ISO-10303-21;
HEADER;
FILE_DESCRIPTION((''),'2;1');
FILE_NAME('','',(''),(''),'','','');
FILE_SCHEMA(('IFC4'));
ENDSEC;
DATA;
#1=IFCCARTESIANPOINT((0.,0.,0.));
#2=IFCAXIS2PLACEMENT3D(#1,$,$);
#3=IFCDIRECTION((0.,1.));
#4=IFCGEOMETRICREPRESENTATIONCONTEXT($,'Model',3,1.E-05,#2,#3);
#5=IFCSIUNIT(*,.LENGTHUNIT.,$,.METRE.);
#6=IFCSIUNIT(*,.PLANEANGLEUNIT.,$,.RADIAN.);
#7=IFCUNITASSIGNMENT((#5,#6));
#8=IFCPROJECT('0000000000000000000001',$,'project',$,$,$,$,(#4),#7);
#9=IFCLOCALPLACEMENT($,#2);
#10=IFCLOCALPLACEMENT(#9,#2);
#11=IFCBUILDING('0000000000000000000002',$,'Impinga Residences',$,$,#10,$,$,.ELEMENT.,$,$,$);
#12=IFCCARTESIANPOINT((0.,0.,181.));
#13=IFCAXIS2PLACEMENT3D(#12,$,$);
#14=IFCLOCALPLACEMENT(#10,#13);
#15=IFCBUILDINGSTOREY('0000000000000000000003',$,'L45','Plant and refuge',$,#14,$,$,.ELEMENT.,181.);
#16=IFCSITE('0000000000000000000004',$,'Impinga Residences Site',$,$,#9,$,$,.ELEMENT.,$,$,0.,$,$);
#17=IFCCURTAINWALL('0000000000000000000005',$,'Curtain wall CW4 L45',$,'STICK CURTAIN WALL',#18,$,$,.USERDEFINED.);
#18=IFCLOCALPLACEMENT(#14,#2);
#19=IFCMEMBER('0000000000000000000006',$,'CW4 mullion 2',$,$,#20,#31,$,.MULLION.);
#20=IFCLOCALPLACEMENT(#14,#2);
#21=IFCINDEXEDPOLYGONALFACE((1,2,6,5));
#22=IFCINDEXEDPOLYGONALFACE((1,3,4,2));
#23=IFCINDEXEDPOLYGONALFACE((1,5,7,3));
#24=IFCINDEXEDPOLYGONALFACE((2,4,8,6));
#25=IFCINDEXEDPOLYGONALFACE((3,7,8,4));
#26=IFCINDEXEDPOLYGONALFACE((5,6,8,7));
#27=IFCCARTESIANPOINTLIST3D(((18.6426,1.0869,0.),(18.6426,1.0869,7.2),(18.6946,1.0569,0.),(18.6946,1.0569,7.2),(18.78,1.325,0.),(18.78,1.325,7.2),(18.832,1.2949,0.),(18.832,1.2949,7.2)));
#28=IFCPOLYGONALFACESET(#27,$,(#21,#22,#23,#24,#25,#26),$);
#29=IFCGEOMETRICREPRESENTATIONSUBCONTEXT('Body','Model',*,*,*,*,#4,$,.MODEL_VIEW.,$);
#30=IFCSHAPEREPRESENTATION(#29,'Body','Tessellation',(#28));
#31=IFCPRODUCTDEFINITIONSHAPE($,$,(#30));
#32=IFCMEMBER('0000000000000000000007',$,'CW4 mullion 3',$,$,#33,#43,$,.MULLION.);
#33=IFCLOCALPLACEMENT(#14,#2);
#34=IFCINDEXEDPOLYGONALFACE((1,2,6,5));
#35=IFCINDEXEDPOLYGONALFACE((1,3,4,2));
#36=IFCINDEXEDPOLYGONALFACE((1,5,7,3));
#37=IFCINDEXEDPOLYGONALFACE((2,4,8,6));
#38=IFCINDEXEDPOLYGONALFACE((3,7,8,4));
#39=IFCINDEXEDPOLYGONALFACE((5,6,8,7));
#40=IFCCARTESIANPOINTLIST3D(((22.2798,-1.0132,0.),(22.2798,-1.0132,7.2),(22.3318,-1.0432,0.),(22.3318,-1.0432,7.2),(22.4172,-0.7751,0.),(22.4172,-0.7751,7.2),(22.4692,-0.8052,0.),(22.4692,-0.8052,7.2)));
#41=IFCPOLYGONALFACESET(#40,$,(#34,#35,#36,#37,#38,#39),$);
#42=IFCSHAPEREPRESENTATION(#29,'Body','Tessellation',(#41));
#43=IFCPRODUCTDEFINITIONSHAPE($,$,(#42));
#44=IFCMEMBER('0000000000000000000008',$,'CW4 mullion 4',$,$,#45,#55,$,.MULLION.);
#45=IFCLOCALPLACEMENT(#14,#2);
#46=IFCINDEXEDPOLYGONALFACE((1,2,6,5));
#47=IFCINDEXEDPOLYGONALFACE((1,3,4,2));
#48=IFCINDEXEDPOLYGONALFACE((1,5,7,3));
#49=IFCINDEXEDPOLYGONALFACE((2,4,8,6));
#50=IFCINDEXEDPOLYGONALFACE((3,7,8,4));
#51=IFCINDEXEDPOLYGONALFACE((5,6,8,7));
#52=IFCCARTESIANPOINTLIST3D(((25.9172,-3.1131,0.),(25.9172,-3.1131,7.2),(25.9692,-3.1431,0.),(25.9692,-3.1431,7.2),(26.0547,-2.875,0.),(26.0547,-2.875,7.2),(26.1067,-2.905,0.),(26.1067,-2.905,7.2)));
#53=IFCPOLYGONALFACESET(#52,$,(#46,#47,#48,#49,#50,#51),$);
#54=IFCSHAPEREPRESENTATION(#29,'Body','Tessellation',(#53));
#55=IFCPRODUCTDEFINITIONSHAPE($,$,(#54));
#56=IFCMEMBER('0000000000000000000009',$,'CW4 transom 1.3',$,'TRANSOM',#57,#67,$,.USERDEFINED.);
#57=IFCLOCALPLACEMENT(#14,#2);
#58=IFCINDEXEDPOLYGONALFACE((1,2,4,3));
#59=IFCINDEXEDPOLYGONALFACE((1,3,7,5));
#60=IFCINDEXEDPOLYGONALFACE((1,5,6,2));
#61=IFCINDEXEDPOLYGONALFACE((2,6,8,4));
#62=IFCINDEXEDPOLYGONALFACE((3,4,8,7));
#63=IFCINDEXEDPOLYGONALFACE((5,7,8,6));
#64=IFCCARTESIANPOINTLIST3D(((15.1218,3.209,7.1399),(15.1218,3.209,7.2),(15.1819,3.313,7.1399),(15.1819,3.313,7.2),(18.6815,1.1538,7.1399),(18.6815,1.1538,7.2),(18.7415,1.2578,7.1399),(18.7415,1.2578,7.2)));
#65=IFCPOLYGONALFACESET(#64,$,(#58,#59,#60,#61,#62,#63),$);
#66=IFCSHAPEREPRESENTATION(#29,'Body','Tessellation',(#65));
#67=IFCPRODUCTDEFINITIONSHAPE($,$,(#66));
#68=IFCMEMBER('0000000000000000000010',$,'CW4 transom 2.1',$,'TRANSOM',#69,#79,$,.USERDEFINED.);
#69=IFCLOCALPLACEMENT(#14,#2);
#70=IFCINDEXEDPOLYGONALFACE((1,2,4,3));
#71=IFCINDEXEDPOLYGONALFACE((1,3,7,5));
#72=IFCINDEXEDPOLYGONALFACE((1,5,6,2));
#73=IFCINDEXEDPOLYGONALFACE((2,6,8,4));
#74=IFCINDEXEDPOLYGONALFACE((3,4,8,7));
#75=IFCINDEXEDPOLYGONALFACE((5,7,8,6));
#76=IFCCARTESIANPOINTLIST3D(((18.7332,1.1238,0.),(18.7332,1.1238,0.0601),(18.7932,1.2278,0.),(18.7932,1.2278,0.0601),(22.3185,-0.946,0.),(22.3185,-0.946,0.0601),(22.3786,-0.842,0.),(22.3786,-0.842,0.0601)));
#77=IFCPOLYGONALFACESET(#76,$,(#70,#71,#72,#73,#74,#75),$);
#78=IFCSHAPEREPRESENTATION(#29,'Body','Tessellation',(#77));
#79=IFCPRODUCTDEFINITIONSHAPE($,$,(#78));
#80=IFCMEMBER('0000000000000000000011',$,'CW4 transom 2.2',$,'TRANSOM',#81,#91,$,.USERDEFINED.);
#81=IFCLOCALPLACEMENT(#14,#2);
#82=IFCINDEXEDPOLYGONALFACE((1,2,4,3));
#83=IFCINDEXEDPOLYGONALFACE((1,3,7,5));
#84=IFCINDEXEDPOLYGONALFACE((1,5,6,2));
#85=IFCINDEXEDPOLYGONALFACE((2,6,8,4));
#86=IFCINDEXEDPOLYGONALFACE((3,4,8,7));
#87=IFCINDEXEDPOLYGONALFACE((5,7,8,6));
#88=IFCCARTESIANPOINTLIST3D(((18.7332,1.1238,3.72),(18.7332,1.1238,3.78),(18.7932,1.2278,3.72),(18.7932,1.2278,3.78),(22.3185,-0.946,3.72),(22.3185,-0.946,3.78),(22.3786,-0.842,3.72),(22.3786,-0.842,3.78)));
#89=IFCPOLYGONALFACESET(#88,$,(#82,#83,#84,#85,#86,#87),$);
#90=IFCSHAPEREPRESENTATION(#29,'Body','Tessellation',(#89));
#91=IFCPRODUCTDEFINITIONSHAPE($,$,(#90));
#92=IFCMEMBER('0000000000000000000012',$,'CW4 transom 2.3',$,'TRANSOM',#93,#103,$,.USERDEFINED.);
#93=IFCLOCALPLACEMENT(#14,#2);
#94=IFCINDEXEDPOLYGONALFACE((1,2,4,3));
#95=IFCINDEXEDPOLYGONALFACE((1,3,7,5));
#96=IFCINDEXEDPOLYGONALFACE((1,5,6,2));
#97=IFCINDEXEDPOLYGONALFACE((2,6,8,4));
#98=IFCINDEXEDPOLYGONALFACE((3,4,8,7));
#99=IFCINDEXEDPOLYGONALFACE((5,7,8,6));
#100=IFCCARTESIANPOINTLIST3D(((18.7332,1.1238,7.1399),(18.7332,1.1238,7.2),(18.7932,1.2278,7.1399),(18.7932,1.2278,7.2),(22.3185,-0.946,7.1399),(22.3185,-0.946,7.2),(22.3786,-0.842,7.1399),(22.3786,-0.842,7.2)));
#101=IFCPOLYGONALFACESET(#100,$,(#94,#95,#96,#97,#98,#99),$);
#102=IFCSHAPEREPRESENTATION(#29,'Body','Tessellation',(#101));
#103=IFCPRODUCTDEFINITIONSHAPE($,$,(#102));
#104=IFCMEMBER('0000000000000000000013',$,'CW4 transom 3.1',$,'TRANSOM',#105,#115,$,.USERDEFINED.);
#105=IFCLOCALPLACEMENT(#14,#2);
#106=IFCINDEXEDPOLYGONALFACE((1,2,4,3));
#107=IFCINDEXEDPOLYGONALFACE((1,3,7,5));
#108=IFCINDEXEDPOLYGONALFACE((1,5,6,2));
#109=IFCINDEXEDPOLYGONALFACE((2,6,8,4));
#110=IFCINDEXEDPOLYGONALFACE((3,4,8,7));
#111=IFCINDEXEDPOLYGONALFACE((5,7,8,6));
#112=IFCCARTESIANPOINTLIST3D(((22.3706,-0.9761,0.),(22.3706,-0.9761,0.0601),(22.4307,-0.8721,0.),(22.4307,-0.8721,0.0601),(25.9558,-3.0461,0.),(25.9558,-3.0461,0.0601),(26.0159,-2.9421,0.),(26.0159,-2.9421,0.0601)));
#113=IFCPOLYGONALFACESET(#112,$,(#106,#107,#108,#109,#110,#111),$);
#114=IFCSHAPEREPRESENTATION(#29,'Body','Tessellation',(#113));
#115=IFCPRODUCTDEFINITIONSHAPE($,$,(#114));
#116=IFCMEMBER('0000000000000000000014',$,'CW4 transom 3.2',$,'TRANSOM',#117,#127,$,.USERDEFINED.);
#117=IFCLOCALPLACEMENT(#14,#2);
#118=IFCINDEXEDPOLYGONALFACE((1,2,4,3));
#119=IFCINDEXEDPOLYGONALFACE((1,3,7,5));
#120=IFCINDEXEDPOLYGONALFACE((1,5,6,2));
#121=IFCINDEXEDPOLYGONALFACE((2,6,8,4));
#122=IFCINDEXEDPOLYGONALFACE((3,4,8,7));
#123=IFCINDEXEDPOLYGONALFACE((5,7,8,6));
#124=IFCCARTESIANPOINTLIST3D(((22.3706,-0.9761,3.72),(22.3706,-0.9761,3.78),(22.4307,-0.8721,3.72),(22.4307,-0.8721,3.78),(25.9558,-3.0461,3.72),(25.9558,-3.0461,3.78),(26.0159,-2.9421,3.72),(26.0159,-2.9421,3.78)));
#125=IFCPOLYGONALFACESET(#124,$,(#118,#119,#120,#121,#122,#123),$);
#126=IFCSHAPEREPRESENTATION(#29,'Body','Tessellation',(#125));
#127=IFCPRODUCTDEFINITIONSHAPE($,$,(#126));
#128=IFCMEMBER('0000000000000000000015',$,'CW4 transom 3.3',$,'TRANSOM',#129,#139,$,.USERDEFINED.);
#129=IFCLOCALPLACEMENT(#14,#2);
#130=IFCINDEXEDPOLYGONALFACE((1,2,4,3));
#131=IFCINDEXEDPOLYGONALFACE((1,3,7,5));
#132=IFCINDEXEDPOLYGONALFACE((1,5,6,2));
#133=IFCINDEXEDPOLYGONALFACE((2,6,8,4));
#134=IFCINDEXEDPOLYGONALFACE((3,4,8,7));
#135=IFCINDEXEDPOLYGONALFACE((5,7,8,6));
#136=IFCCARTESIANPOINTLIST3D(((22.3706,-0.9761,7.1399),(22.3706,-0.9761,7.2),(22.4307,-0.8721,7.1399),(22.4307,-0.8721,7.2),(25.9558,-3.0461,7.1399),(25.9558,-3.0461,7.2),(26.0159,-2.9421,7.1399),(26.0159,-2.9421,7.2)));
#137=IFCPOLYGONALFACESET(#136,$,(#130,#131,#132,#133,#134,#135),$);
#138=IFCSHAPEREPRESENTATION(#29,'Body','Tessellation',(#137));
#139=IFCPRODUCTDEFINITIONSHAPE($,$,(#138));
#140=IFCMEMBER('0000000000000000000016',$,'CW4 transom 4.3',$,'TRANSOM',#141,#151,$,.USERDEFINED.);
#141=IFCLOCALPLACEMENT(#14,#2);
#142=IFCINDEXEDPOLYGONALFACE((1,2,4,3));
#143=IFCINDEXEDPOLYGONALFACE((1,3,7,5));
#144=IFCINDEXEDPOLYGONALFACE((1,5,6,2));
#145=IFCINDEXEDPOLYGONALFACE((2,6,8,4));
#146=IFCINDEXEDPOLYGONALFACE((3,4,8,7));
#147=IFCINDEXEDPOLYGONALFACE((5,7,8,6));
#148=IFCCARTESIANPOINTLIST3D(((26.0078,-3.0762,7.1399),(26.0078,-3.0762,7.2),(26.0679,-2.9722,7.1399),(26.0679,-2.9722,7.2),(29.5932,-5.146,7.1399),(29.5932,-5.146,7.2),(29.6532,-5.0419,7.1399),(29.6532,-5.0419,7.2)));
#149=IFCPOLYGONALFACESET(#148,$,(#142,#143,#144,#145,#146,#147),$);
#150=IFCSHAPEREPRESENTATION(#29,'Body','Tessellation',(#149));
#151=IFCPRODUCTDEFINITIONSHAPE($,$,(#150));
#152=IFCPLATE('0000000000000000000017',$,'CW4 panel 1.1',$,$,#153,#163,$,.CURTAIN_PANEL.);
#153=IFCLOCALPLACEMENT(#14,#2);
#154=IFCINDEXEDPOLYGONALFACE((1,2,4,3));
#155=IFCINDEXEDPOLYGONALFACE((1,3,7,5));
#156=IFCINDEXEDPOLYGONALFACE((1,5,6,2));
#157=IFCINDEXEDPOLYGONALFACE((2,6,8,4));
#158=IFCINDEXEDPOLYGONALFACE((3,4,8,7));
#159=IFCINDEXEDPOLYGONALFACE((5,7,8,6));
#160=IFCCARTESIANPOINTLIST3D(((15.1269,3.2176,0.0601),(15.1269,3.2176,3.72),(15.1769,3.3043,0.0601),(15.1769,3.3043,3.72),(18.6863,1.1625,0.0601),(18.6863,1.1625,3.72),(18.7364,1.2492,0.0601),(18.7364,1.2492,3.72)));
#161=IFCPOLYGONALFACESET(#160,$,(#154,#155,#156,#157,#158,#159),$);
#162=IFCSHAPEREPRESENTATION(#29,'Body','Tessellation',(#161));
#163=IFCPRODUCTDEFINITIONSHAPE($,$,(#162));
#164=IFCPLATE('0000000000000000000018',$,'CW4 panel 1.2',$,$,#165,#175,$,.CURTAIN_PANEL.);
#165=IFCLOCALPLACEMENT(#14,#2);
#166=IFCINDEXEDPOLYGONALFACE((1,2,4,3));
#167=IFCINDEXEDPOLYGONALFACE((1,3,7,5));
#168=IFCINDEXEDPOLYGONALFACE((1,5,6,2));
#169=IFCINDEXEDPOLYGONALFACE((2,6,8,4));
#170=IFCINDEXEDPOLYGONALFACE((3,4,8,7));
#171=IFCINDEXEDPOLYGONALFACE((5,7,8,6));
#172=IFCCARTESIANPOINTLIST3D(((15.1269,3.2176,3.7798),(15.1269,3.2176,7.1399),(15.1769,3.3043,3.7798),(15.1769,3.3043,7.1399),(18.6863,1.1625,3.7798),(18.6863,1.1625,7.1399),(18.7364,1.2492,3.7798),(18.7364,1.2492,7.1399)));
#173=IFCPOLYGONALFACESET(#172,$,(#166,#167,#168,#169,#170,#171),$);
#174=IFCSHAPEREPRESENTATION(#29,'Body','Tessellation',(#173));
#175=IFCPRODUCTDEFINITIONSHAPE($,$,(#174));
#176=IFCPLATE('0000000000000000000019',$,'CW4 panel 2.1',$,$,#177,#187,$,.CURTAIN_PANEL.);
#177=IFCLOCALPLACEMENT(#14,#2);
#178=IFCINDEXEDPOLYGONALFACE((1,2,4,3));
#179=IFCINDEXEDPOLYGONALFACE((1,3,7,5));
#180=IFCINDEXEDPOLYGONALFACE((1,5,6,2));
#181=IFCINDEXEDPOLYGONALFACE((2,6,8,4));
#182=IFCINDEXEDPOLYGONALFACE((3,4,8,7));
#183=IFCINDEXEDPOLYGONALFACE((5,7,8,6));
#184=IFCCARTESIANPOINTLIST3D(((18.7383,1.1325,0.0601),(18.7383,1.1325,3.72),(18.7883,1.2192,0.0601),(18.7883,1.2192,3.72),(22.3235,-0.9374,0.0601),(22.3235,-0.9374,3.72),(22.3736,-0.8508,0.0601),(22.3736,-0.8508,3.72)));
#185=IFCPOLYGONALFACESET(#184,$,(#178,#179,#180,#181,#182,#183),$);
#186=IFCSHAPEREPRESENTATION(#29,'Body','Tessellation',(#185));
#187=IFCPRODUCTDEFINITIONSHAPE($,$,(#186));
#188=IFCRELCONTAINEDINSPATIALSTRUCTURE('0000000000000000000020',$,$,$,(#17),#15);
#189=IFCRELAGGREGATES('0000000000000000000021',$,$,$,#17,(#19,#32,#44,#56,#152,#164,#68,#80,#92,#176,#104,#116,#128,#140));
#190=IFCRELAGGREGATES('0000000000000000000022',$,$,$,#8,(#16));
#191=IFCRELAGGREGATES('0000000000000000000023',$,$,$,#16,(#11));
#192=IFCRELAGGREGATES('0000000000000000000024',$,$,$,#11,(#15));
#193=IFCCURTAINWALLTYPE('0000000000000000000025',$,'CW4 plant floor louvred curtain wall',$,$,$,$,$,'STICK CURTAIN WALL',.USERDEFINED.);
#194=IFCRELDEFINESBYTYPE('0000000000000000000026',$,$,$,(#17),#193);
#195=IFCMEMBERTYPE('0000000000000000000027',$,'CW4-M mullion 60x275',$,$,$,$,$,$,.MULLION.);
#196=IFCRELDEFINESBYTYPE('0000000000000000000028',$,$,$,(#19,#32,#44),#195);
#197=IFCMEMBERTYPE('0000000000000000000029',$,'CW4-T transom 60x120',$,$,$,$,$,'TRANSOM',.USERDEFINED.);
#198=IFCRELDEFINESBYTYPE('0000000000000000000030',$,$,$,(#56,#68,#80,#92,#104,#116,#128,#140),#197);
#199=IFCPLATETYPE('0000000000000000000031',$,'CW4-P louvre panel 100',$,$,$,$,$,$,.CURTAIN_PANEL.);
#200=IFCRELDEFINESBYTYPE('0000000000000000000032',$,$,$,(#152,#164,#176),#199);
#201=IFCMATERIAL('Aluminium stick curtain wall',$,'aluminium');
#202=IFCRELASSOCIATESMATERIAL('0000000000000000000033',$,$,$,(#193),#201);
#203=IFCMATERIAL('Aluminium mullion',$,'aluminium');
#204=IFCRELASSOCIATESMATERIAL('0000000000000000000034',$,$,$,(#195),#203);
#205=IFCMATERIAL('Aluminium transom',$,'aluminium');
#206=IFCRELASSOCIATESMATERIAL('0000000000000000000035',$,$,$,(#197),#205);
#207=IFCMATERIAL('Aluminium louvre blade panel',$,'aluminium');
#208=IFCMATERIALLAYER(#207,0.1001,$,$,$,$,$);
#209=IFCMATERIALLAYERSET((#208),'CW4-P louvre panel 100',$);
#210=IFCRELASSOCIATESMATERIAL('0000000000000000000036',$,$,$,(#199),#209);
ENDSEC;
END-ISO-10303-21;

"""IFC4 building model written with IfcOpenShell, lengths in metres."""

from ifc_helpers import new_model, si_unit, direction, frame, origin, origin_2d, place, context, subcontext, project, spatial, rectangle, extrude, material, layer, layer_set, material_profile, profile_set, type_object, element, aggregate, save


model = new_model("IFC4")

# Units and contexts
model_context = context("Model", 3, precision=1e-05, world=origin(), true_north=direction((0.0, 1.0)))
body_context = subcontext(model_context, "Body", "Model", "MODEL_VIEW")
ifc_project = project(units=[si_unit("LENGTHUNIT", "METRE"), si_unit("PLANEANGLEUNIT", "RADIAN")], contexts=[model_context])

# Site, building, storey
site_placement = place(None, origin())
site = spatial("IfcSite", under=ifc_project, at=site_placement, Name="Impinga Residences Site", CompositionType="ELEMENT", RefElevation=0.0)
building_placement = place(site_placement, origin())
building = spatial("IfcBuilding", under=site, at=building_placement, Name="Impinga Residences", CompositionType="ELEMENT")
storey_placement = place(building_placement, frame((0.0, 0.0, 181.0)))
storey = spatial("IfcBuildingStorey", under=building, at=storey_placement, Name="L45", Description="Plant and refuge", CompositionType="ELEMENT", Elevation=181.0)

# Curtain wall, members, plates
ifc_material_1 = material(Name="Aluminium stick curtain wall", Category="aluminium")
curtain_wall_type = type_object("IfcCurtainWallType", Name="CW4 plant floor louvred curtain wall", ElementType="STICK CURTAIN WALL", PredefinedType="USERDEFINED", material=ifc_material_1)
curtain_wall_placement = place(storey_placement, origin())
curtain_wall = element("IfcCurtainWall", 1, at=curtain_wall_placement, inside=storey, type_object=curtain_wall_type, Name="Curtain wall CW4 L45", ObjectType="STICK CURTAIN WALL", PredefinedType="USERDEFINED")
ifc_material_2 = material(Name="Aluminium mullion", Category="aluminium")
ifc_material_profile_1 = material_profile(ifc_material_2, rectangle(XDim=0.0601, YDim=0.2749, at=origin_2d()), Name="60x275 mullion")
ifc_profile_set_1 = profile_set([ifc_material_profile_1], Name="Aluminium mullion")
member_type_1 = type_object("IfcMemberType", Name="CW4-M mullion 60x275", PredefinedType="MULLION", material=ifc_profile_set_1)
member_1_placement = place(storey_placement, frame((18.7373, 1.1909, 0.0), z_axis=(0.0, 0.0, 1.0), x_axis=(0.866025, -0.5, 0.0)))
member_1 = element("IfcMember", 2, at=member_1_placement, type_object=member_type_1, Name="CW4 mullion 2", PredefinedType="MULLION", context=body_context, shape_type="SweptSolid", body=[
    extrude(rectangle(XDim=0.0601, YDim=0.2749, at=origin_2d()), origin(), (0.0, 0.0, 1.0), 7.2),
])
member_2_placement = place(storey_placement, frame((22.3745, -0.9092, 0.0), z_axis=(0.0, 0.0, 1.0), x_axis=(0.866025, -0.5, 0.0)))
member_2 = element("IfcMember", 3, at=member_2_placement, type_object=member_type_1, Name="CW4 mullion 3", PredefinedType="MULLION", context=body_context, shape_type="SweptSolid", body=[
    extrude(rectangle(XDim=0.0601, YDim=0.2749, at=origin_2d()), origin(), (0.0, 0.0, 1.0), 7.2),
])
member_3_placement = place(storey_placement, frame((26.012, -3.009, 0.0), z_axis=(0.0, 0.0, 1.0), x_axis=(0.866025, -0.5, 0.0)))
member_3 = element("IfcMember", 4, at=member_3_placement, type_object=member_type_1, Name="CW4 mullion 4", PredefinedType="MULLION", context=body_context, shape_type="SweptSolid", body=[
    extrude(rectangle(XDim=0.0601, YDim=0.2749, at=origin_2d()), origin(), (0.0, 0.0, 1.0), 7.2),
])
ifc_material_3 = material(Name="Aluminium transom", Category="aluminium")
ifc_material_profile_2 = material_profile(ifc_material_3, rectangle(XDim=0.0601, YDim=0.1201, at=origin_2d()), Name="60x120 transom")
ifc_profile_set_2 = profile_set([ifc_material_profile_2], Name="Aluminium transom")
member_type_2 = type_object("IfcMemberType", Name="CW4-T transom 60x120", ElementType="TRANSOM", PredefinedType="USERDEFINED", material=ifc_profile_set_2)
member_4_placement = place(storey_placement, frame((15.1519, 3.261, 7.1699), z_axis=(0.866019, -0.50001, 0.0), x_axis=(0.0, 0.0, 1.0)))
member_4 = element("IfcMember", 5, at=member_4_placement, type_object=member_type_2, Name="CW4 transom 1.3", ObjectType="TRANSOM", PredefinedType="USERDEFINED", context=body_context, shape_type="SweptSolid", body=[
    extrude(rectangle(XDim=0.0601, YDim=0.1201, at=origin_2d()), origin(), (0.0, 0.0, 1.0), 4.1104),
])
member_5_placement = place(storey_placement, frame((18.7632, 1.1758, 0.03), z_axis=(0.86605, -0.499957, 0.0), x_axis=(0.0, 0.0, 1.0)))
member_5 = element("IfcMember", 6, at=member_5_placement, type_object=member_type_2, Name="CW4 transom 2.1", ObjectType="TRANSOM", PredefinedType="USERDEFINED", context=body_context, shape_type="SweptSolid", body=[
    extrude(rectangle(XDim=0.0601, YDim=0.1201, at=origin_2d()), origin(), (0.0, 0.0, 1.0), 4.1399),
])
member_6_placement = place(storey_placement, frame((18.7632, 1.1758, 3.75), z_axis=(0.86605, -0.499957, 0.0), x_axis=(0.0, 0.0, 1.0)))
member_6 = element("IfcMember", 7, at=member_6_placement, type_object=member_type_2, Name="CW4 transom 2.2", ObjectType="TRANSOM", PredefinedType="USERDEFINED", context=body_context, shape_type="SweptSolid", body=[
    extrude(rectangle(XDim=0.0601, YDim=0.1201, at=origin_2d()), origin(), (0.0, 0.0, 1.0), 4.1399),
])
member_7_placement = place(storey_placement, frame((18.7632, 1.1758, 7.1699), z_axis=(0.86605, -0.499957, 0.0), x_axis=(0.0, 0.0, 1.0)))
member_7 = element("IfcMember", 8, at=member_7_placement, type_object=member_type_2, Name="CW4 transom 2.3", ObjectType="TRANSOM", PredefinedType="USERDEFINED", context=body_context, shape_type="SweptSolid", body=[
    extrude(rectangle(XDim=0.0601, YDim=0.1201, at=origin_2d()), origin(), (0.0, 0.0, 1.0), 4.1399),
])
member_8_placement = place(storey_placement, frame((22.4006, -0.9241, 0.03), z_axis=(0.86601, -0.500027, 0.0), x_axis=(0.0, 0.0, 1.0)))
member_8 = element("IfcMember", 9, at=member_8_placement, type_object=member_type_2, Name="CW4 transom 3.1", ObjectType="TRANSOM", PredefinedType="USERDEFINED", context=body_context, shape_type="SweptSolid", body=[
    extrude(rectangle(XDim=0.0601, YDim=0.1201, at=origin_2d()), origin(), (0.0, 0.0, 1.0), 4.1399),
])
member_9_placement = place(storey_placement, frame((22.4006, -0.9241, 3.75), z_axis=(0.86601, -0.500027, 0.0), x_axis=(0.0, 0.0, 1.0)))
member_9 = element("IfcMember", 10, at=member_9_placement, type_object=member_type_2, Name="CW4 transom 3.2", ObjectType="TRANSOM", PredefinedType="USERDEFINED", context=body_context, shape_type="SweptSolid", body=[
    extrude(rectangle(XDim=0.0601, YDim=0.1201, at=origin_2d()), origin(), (0.0, 0.0, 1.0), 4.1399),
])
member_10_placement = place(storey_placement, frame((22.4006, -0.9241, 7.1699), z_axis=(0.86601, -0.500027, 0.0), x_axis=(0.0, 0.0, 1.0)))
member_10 = element("IfcMember", 11, at=member_10_placement, type_object=member_type_2, Name="CW4 transom 3.3", ObjectType="TRANSOM", PredefinedType="USERDEFINED", context=body_context, shape_type="SweptSolid", body=[
    extrude(rectangle(XDim=0.0601, YDim=0.1201, at=origin_2d()), origin(), (0.0, 0.0, 1.0), 4.1399),
])
member_11_placement = place(storey_placement, frame((26.0378, -3.0242, 7.1699), z_axis=(0.86605, -0.499957, 0.0), x_axis=(0.0, 0.0, 1.0)))
member_11 = element("IfcMember", 12, at=member_11_placement, type_object=member_type_2, Name="CW4 transom 4.3", ObjectType="TRANSOM", PredefinedType="USERDEFINED", context=body_context, shape_type="SweptSolid", body=[
    extrude(rectangle(XDim=0.0601, YDim=0.1201, at=origin_2d()), origin(), (0.0, 0.0, 1.0), 4.1399),
])
ifc_material_4 = material(Name="Aluminium louvre blade panel", Category="aluminium")
ifc_layer_1 = layer(ifc_material_4, 0.1001)
ifc_layer_set_1 = layer_set([ifc_layer_1], Name="CW4-P louvre panel 100")
plate_type = type_object("IfcPlateType", Name="CW4-P louvre panel 100", PredefinedType="CURTAIN_PANEL", material=ifc_layer_set_1)
plate_1_placement = place(storey_placement, frame((16.9316, 2.2334, 0.0601), z_axis=(0.0, 0.0, 1.0), x_axis=(0.866025, -0.5, 0.0)))
plate_1 = element("IfcPlate", 13, at=plate_1_placement, type_object=plate_type, Name="CW4 panel 1.1", PredefinedType="CURTAIN_PANEL", context=body_context, shape_type="SweptSolid", body=[
    extrude(rectangle(XDim=4.1101, YDim=0.1001, at=origin_2d()), origin(), (0.0, 0.0, 1.0), 3.6599),
])
plate_2_placement = place(storey_placement, frame((16.9316, 2.2334, 3.7798), z_axis=(0.0, 0.0, 1.0), x_axis=(0.866025, -0.5, 0.0)))
plate_2 = element("IfcPlate", 14, at=plate_2_placement, type_object=plate_type, Name="CW4 panel 1.2", PredefinedType="CURTAIN_PANEL", context=body_context, shape_type="SweptSolid", body=[
    extrude(rectangle(XDim=4.1101, YDim=0.1001, at=origin_2d()), origin(), (0.0, 0.0, 1.0), 3.3601),
])
plate_3_placement = place(storey_placement, frame((20.5559, 0.1409, 0.0601), z_axis=(0.0, 0.0, 1.0), x_axis=(0.866025, -0.5, 0.0)))
plate_3 = element("IfcPlate", 15, at=plate_3_placement, type_object=plate_type, Name="CW4 panel 2.1", PredefinedType="CURTAIN_PANEL", context=body_context, shape_type="SweptSolid", body=[
    extrude(rectangle(XDim=4.1399, YDim=0.1001, at=origin_2d()), origin(), (0.0, 0.0, 1.0), 3.6599),
])
aggregate(curtain_wall, [member_1, member_2, member_3, member_4, plate_1, plate_2, member_5, member_6, member_7, plate_3, member_8, member_9, member_10, member_11])

save(model, "model.ifc")
